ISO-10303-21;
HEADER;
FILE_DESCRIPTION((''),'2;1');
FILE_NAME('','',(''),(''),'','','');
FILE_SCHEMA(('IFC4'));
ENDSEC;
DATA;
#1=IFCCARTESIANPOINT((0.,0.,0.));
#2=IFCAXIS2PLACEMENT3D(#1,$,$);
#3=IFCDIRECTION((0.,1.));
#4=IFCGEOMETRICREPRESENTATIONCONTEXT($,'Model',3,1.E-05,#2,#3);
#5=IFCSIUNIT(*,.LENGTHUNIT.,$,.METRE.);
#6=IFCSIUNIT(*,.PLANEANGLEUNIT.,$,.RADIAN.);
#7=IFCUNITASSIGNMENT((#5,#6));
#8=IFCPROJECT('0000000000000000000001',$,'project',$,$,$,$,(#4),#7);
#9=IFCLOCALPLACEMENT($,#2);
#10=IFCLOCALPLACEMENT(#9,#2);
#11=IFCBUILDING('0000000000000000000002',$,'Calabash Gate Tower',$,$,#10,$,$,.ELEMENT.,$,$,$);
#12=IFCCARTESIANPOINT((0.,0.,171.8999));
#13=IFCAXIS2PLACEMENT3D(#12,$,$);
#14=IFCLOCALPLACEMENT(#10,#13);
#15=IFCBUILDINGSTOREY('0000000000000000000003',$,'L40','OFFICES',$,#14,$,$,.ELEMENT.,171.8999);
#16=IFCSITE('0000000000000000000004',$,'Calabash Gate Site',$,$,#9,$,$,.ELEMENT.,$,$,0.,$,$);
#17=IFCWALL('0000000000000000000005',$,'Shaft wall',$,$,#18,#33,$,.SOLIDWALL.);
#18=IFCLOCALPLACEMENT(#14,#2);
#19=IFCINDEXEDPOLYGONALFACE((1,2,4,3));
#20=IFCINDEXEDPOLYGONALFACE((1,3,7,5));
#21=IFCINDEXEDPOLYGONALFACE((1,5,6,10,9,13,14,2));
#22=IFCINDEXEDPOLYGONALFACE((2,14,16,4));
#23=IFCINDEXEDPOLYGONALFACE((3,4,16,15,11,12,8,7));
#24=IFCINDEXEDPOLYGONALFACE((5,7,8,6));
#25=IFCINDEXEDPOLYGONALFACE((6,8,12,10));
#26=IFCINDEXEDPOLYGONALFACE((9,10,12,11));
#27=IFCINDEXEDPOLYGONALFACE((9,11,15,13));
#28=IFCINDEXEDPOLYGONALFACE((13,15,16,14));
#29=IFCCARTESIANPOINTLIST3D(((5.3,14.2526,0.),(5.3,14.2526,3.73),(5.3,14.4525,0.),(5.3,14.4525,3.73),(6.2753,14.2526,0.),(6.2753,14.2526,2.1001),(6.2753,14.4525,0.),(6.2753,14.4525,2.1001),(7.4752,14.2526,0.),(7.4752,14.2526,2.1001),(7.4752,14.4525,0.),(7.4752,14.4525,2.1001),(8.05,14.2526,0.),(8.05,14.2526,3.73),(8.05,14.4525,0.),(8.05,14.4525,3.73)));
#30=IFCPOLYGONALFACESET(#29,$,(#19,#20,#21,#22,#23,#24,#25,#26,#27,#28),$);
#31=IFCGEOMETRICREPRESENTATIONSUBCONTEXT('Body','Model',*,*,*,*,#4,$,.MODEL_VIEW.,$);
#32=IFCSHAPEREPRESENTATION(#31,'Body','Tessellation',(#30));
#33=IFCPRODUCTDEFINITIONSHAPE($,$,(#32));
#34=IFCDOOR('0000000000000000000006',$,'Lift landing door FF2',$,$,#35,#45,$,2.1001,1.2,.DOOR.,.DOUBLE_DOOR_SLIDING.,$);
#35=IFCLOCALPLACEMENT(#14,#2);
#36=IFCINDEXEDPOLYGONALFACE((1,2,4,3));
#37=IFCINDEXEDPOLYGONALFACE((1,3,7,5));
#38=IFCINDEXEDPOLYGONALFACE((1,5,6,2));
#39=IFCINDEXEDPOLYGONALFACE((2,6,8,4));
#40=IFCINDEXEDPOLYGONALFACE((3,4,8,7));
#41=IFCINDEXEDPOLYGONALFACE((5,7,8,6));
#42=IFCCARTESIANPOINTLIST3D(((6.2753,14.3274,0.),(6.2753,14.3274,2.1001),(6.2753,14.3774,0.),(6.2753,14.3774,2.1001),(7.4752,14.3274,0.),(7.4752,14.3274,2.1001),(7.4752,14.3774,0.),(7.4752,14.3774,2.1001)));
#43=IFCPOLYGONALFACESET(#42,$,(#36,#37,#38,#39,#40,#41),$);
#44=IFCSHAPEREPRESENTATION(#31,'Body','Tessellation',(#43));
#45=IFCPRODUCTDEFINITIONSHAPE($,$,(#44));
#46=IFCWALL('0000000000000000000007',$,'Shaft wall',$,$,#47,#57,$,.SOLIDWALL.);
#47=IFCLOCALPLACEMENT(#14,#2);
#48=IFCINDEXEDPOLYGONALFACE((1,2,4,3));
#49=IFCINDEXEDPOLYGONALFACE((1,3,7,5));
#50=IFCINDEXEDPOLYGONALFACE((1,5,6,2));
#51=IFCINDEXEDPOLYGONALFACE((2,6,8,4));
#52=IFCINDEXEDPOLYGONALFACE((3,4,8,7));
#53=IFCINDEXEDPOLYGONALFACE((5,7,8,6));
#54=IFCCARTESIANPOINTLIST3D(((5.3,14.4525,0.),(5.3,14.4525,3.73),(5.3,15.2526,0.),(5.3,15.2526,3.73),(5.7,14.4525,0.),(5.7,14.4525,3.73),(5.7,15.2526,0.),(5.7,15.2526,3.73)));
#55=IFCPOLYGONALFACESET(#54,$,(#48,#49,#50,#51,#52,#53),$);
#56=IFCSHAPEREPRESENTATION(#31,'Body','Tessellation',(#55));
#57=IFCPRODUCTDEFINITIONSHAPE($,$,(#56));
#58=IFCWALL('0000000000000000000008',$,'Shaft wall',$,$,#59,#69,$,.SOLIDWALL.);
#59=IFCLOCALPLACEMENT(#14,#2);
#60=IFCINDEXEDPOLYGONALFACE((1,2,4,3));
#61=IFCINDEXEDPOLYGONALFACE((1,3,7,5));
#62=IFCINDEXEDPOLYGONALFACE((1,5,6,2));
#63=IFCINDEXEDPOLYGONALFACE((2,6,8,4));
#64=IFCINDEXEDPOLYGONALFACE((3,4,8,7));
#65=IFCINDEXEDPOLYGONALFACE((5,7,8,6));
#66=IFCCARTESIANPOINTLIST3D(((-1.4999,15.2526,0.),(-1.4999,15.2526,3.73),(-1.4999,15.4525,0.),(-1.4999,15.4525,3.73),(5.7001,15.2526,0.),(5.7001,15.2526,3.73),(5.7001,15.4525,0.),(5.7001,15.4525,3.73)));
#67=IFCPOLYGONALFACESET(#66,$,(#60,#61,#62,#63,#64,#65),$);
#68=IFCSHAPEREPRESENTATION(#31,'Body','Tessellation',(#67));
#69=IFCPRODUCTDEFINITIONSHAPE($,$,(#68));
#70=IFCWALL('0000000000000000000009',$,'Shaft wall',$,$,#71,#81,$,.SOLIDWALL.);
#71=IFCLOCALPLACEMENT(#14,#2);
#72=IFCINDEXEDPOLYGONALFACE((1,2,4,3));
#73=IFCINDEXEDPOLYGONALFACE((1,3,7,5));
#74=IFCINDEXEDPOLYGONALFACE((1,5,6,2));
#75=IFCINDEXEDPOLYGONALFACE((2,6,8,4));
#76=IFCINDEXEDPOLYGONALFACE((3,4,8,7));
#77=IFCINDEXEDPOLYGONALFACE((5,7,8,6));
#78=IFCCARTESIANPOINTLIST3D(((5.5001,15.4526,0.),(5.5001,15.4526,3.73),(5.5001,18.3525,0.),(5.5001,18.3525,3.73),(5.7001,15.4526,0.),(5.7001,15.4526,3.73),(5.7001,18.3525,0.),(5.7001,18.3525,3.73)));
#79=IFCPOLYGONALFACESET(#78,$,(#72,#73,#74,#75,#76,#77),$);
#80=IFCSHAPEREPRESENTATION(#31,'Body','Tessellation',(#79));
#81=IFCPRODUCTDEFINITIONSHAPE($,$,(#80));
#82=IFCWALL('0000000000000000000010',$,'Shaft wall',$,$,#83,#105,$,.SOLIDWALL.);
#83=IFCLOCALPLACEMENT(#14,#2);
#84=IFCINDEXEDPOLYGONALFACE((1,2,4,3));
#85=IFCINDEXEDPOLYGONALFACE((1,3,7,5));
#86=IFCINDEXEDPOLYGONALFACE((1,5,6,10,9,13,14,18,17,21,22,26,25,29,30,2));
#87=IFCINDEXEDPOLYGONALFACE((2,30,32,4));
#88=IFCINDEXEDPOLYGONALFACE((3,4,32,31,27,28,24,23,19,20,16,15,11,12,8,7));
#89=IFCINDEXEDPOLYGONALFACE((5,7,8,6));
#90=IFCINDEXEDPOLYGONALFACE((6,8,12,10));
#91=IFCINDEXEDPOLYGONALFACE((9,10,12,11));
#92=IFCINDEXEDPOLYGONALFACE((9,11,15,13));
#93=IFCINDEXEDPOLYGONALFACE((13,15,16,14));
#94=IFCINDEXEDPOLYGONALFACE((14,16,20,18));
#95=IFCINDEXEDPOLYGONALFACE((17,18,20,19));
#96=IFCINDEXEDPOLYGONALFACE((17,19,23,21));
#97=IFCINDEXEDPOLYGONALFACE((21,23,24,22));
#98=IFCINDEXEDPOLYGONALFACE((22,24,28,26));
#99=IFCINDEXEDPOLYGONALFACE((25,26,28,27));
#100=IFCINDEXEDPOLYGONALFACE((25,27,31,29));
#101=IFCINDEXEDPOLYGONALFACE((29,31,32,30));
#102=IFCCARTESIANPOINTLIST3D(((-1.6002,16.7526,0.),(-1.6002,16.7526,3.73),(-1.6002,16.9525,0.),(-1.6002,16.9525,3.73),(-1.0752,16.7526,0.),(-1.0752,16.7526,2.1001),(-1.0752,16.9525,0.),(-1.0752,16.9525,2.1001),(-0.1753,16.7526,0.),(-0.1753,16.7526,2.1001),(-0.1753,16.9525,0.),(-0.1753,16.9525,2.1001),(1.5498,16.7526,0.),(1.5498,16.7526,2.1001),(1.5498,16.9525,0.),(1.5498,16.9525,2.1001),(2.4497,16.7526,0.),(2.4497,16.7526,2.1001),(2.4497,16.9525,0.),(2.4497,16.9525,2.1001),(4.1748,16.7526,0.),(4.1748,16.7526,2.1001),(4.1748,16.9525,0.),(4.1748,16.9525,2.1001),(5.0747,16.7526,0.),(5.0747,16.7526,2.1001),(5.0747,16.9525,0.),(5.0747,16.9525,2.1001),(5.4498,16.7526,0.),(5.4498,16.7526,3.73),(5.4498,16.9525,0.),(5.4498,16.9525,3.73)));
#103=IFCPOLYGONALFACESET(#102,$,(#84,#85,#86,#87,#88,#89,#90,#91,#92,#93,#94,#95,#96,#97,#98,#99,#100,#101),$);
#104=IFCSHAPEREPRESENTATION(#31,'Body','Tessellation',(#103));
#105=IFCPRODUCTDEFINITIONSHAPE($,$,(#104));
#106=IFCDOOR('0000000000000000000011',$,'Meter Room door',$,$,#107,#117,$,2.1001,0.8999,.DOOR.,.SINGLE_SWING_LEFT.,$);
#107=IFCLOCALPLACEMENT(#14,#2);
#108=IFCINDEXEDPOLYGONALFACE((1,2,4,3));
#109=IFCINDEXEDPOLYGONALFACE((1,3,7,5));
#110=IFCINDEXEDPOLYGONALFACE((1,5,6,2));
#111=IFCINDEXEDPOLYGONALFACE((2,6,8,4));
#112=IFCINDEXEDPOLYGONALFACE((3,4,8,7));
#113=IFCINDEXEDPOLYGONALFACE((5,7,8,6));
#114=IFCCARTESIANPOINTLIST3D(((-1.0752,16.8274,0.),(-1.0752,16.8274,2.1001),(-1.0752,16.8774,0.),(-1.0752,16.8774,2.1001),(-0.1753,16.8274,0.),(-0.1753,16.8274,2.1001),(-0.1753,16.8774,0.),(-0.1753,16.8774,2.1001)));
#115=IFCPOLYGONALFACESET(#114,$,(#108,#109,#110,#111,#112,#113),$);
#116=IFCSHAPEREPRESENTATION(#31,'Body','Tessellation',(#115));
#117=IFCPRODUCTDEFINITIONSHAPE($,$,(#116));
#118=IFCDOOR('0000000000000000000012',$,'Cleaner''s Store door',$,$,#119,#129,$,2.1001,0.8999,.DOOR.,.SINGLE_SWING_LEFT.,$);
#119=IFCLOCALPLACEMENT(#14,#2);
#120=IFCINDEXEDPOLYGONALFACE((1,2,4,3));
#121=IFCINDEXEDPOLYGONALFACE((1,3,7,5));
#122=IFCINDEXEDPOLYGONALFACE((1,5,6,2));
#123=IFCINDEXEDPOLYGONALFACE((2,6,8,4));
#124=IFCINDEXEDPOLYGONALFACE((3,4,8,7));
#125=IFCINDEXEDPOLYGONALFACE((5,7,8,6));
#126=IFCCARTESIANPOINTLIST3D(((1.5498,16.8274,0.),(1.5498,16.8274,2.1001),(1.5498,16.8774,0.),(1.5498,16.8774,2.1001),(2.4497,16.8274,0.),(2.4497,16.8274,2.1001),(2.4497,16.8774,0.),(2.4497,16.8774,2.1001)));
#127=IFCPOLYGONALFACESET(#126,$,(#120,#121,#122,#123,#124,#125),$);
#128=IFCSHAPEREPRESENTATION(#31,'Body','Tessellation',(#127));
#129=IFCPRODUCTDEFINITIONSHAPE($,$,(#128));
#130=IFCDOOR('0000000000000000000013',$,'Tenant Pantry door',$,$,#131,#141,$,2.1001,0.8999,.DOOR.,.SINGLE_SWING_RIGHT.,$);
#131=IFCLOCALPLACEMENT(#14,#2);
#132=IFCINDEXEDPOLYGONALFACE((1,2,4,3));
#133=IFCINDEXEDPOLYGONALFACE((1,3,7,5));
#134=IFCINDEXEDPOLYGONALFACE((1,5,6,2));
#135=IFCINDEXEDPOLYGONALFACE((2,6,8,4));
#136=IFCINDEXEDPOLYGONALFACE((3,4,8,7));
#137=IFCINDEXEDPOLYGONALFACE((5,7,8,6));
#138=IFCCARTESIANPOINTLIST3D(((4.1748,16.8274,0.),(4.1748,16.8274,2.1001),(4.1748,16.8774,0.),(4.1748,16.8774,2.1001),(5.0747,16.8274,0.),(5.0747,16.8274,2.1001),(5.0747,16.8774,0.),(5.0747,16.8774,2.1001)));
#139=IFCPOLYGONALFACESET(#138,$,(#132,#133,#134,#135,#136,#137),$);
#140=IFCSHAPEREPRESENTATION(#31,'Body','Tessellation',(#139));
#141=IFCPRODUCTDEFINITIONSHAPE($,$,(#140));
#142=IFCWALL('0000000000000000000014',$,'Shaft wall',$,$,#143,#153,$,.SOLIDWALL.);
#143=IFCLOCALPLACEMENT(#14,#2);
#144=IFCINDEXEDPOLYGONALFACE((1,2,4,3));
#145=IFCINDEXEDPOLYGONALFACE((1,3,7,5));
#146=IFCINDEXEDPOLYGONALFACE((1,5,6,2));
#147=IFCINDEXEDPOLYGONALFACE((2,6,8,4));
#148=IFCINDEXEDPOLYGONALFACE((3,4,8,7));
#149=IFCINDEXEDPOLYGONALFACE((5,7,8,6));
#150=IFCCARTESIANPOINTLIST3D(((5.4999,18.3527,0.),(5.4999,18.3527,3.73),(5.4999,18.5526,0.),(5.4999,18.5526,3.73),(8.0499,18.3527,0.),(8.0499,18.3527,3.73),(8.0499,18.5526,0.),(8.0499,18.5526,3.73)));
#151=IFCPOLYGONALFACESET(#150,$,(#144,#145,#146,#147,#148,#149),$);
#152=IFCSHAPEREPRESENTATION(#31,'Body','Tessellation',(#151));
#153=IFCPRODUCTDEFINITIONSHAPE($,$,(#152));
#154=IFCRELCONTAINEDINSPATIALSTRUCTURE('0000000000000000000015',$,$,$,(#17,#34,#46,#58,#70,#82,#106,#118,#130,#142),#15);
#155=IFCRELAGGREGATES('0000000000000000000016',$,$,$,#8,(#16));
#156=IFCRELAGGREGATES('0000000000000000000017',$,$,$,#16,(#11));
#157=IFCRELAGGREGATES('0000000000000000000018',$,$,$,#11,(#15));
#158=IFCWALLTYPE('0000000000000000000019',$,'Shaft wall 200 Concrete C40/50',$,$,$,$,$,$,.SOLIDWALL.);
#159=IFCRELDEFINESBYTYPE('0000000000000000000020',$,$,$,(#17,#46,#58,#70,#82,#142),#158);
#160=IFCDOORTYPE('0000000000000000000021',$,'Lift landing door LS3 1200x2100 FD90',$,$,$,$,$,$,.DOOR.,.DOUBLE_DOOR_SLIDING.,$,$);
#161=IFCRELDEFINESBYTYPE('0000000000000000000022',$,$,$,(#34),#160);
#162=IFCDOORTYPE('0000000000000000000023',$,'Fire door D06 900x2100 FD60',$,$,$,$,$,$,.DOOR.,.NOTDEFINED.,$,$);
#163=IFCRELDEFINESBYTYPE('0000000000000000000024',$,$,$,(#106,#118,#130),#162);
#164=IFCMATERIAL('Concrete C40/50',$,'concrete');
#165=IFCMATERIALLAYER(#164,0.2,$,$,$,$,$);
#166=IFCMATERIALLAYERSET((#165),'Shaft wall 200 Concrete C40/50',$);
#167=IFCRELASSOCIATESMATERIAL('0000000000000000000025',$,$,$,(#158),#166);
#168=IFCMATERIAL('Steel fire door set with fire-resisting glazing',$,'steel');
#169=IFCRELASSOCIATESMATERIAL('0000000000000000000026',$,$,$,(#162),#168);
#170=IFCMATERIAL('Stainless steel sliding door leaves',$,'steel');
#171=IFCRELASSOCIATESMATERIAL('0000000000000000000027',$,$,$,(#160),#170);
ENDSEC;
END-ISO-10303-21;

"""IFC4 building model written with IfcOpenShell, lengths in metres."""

from ifc_helpers import new_model, si_unit, direction, frame, frame_2d, origin, place, context, subcontext, project, spatial, rectangle, extrude, material, layer, layer_set, type_object, element, fill, save


model = new_model("IFC4")

# Units and contexts
model_context = context("Model", 3, precision=1e-05, world=origin(), true_north=direction((0.0, 1.0)))
body_context = subcontext(model_context, "Body", "Model", "MODEL_VIEW")
ifc_project = project(units=[si_unit("LENGTHUNIT", "METRE"), si_unit("PLANEANGLEUNIT", "RADIAN")], contexts=[model_context])

# Site, building, storey
site_placement = place(None, origin())
site = spatial("IfcSite", under=ifc_project, at=site_placement, Name="Calabash Gate Site", CompositionType="ELEMENT", RefElevation=0.0)
building_placement = place(site_placement, origin())
building = spatial("IfcBuilding", under=site, at=building_placement, Name="Calabash Gate Tower", CompositionType="ELEMENT")
storey_placement = place(building_placement, frame((0.0, 0.0, 171.8999)))
storey = spatial("IfcBuildingStorey", under=building, at=storey_placement, Name="L40", Description="OFFICES", CompositionType="ELEMENT", Elevation=171.8999)

# Shared definitions
ifc_material_1 = material(Name="Concrete C40/50", Category="concrete")
ifc_layer_1 = layer(ifc_material_1, 0.2)
ifc_layer_set_1 = layer_set([ifc_layer_1], Name="Shaft wall 200 Concrete C40/50")
wall_type_1 = type_object("IfcWallType", Name="Shaft wall 200 Concrete C40/50", PredefinedType="SOLIDWALL", material=ifc_layer_set_1)
ifc_material_2 = material(Name="Steel fire door set with fire-resisting glazing", Category="steel")
door_type_1 = type_object("IfcDoorType", Name="Fire door D06 900x2100 FD60", OperationType="NOTDEFINED", PredefinedType="DOOR", material=ifc_material_2)

# Wall, opening, door
wall_1_placement = place(storey_placement, frame((5.3, 14.3525, 0.0), z_axis=(0.0, 0.0, 1.0), x_axis=(1.0, 0.0, 0.0)))
wall_1 = element("IfcWall", 1, at=wall_1_placement, inside=storey, type_object=wall_type_1, Name="Shaft wall", PredefinedType="SOLIDWALL", context=body_context, shape_type="SweptSolid", body=[
    extrude(rectangle(XDim=2.75, YDim=0.2, at=frame_2d((1.375, 0.0))), origin(), (0.0, 0.0, 1.0), 3.73),
])
opening_1_placement = place(wall_1_placement, frame((0.9751, 0.0, 0.0)))
opening_1 = element("IfcOpeningElement", 2, at=opening_1_placement, cuts=wall_1, PredefinedType="OPENING", context=body_context, shape_type="SweptSolid", body=[
    extrude(rectangle(XDim=1.2, YDim=2.1001, at=frame_2d((0.6001, 1.05))), frame((0.0, 0.1099, 0.0), z_axis=(0.0, -1.0, 0.0), x_axis=(1.0, 0.0, 0.0)), (0.0, 0.0, 1.0), 0.22),
])
ifc_material_3 = material(Name="Stainless steel sliding door leaves", Category="steel")
door_type_2 = type_object("IfcDoorType", Name="Lift landing door LS3 1200x2100 FD90", OperationType="DOUBLE_DOOR_SLIDING", PredefinedType="DOOR", material=ifc_material_3)
door_1_placement = place(opening_1_placement, origin())
door_1 = element("IfcDoor", 3, at=door_1_placement, inside=storey, type_object=door_type_2, Name="Lift landing door FF2", OperationType="DOUBLE_DOOR_SLIDING", OverallHeight=2.1001, OverallWidth=1.2, PredefinedType="DOOR", context=body_context, shape_type="SweptSolid", body=[
    extrude(rectangle(XDim=1.2, YDim=2.1001, at=frame_2d((0.6001, 1.05))), frame((0.0, 0.0249, 0.0), z_axis=(0.0, -1.0, 0.0), x_axis=(1.0, 0.0, 0.0)), (0.0, 0.0, 1.0), 0.05),
])
fill(opening_1, door_1)

# Walls
wall_2_placement = place(storey_placement, frame((5.5, 14.4526, 0.0), z_axis=(0.0, 0.0, 1.0), x_axis=(0.0, 1.0, 0.0)))
element("IfcWall", 4, at=wall_2_placement, inside=storey, type_object=wall_type_1, Name="Shaft wall", PredefinedType="SOLIDWALL", context=body_context, shape_type="SweptSolid", body=[
    extrude(rectangle(XDim=0.8, YDim=0.3999, at=frame_2d((0.3999, 0.0))), origin(), (0.0, 0.0, 1.0), 3.73),
])
wall_3_placement = place(storey_placement, frame((-1.5, 15.3525, 0.0), z_axis=(0.0, 0.0, 1.0), x_axis=(1.0, 0.0, 0.0)))
element("IfcWall", 5, at=wall_3_placement, inside=storey, type_object=wall_type_1, Name="Shaft wall", PredefinedType="SOLIDWALL", context=body_context, shape_type="SweptSolid", body=[
    extrude(rectangle(XDim=7.2, YDim=0.2, at=frame_2d((3.6001, 0.0))), origin(), (0.0, 0.0, 1.0), 3.73),
])
wall_4_placement = place(storey_placement, frame((5.6001, 15.4526, 0.0), z_axis=(0.0, 0.0, 1.0), x_axis=(0.0, 1.0, 0.0)))
element("IfcWall", 6, at=wall_4_placement, inside=storey, type_object=wall_type_1, Name="Shaft wall", PredefinedType="SOLIDWALL", context=body_context, shape_type="SweptSolid", body=[
    extrude(rectangle(XDim=2.8999, YDim=0.2, at=frame_2d((1.45, 0.0))), origin(), (0.0, 0.0, 1.0), 3.73),
])

# Wall, openings, doors
wall_5_placement = place(storey_placement, frame((-1.6001, 16.8525, 0.0), z_axis=(0.0, 0.0, 1.0), x_axis=(1.0, 0.0, 0.0)))
wall_5 = element("IfcWall", 7, at=wall_5_placement, inside=storey, type_object=wall_type_1, Name="Shaft wall", PredefinedType="SOLIDWALL", context=body_context, shape_type="SweptSolid", body=[
    extrude(rectangle(XDim=7.05, YDim=0.2, at=frame_2d((3.5249, 0.0))), origin(), (0.0, 0.0, 1.0), 3.73),
])
opening_2_placement = place(wall_5_placement, frame((0.5249, 0.0, 0.0)))
opening_2 = element("IfcOpeningElement", 8, at=opening_2_placement, cuts=wall_5, PredefinedType="OPENING", context=body_context, shape_type="SweptSolid", body=[
    extrude(rectangle(XDim=0.8999, YDim=2.1001, at=frame_2d((0.45, 1.05))), frame((0.0, 0.1099, 0.0), z_axis=(0.0, -1.0, 0.0), x_axis=(1.0, 0.0, 0.0)), (0.0, 0.0, 1.0), 0.22),
])
opening_3_placement = place(wall_5_placement, frame((3.1499, 0.0, 0.0)))
opening_3 = element("IfcOpeningElement", 9, at=opening_3_placement, cuts=wall_5, PredefinedType="OPENING", context=body_context, shape_type="SweptSolid", body=[
    extrude(rectangle(XDim=0.8999, YDim=2.1001, at=frame_2d((0.45, 1.05))), frame((0.0, 0.1099, 0.0), z_axis=(0.0, -1.0, 0.0), x_axis=(1.0, 0.0, 0.0)), (0.0, 0.0, 1.0), 0.22),
])
opening_4_placement = place(wall_5_placement, frame((5.7749, 0.0, 0.0)))
opening_4 = element("IfcOpeningElement", 10, at=opening_4_placement, cuts=wall_5, PredefinedType="OPENING", context=body_context, shape_type="SweptSolid", body=[
    extrude(rectangle(XDim=0.8999, YDim=2.1001, at=frame_2d((0.45, 1.05))), frame((0.0, 0.1099, 0.0), z_axis=(0.0, -1.0, 0.0), x_axis=(1.0, 0.0, 0.0)), (0.0, 0.0, 1.0), 0.22),
])
door_2_placement = place(opening_2_placement, origin())
door_2 = element("IfcDoor", 11, at=door_2_placement, inside=storey, type_object=door_type_1, Name="Meter Room door", OperationType="SINGLE_SWING_LEFT", OverallHeight=2.1001, OverallWidth=0.8999, PredefinedType="DOOR", context=body_context, shape_type="SweptSolid", body=[
    extrude(rectangle(XDim=0.8999, YDim=2.1001, at=frame_2d((0.45, 1.05))), frame((0.0, 0.0249, 0.0), z_axis=(0.0, -1.0, 0.0), x_axis=(1.0, 0.0, 0.0)), (0.0, 0.0, 1.0), 0.05),
])
fill(opening_2, door_2)
door_3_placement = place(opening_3_placement, origin())
door_3 = element("IfcDoor", 12, at=door_3_placement, inside=storey, type_object=door_type_1, Name="Cleaner's Store door", OperationType="SINGLE_SWING_LEFT", OverallHeight=2.1001, OverallWidth=0.8999, PredefinedType="DOOR", context=body_context, shape_type="SweptSolid", body=[
    extrude(rectangle(XDim=0.8999, YDim=2.1001, at=frame_2d((0.45, 1.05))), frame((0.0, 0.0249, 0.0), z_axis=(0.0, -1.0, 0.0), x_axis=(1.0, 0.0, 0.0)), (0.0, 0.0, 1.0), 0.05),
])
fill(opening_3, door_3)
door_4_placement = place(opening_4_placement, origin())
door_4 = element("IfcDoor", 13, at=door_4_placement, inside=storey, type_object=door_type_1, Name="Tenant Pantry door", OperationType="SINGLE_SWING_RIGHT", OverallHeight=2.1001, OverallWidth=0.8999, PredefinedType="DOOR", context=body_context, shape_type="SweptSolid", body=[
    extrude(rectangle(XDim=0.8999, YDim=2.1001, at=frame_2d((0.45, 1.05))), frame((0.0, 0.0249, 0.0), z_axis=(0.0, -1.0, 0.0), x_axis=(1.0, 0.0, 0.0)), (0.0, 0.0, 1.0), 0.05),
])
fill(opening_4, door_4)

# Wall
wall_6_placement = place(storey_placement, frame((5.5, 18.4526, 0.0), z_axis=(0.0, 0.0, 1.0), x_axis=(1.0, 0.0, 0.0)))
element("IfcWall", 14, at=wall_6_placement, inside=storey, type_object=wall_type_1, Name="Shaft wall", PredefinedType="SOLIDWALL", context=body_context, shape_type="SweptSolid", body=[
    extrude(rectangle(XDim=2.55, YDim=0.2, at=frame_2d((1.2749, 0.0))), origin(), (0.0, 0.0, 1.0), 3.73),
])

save(model, "model.ifc")
